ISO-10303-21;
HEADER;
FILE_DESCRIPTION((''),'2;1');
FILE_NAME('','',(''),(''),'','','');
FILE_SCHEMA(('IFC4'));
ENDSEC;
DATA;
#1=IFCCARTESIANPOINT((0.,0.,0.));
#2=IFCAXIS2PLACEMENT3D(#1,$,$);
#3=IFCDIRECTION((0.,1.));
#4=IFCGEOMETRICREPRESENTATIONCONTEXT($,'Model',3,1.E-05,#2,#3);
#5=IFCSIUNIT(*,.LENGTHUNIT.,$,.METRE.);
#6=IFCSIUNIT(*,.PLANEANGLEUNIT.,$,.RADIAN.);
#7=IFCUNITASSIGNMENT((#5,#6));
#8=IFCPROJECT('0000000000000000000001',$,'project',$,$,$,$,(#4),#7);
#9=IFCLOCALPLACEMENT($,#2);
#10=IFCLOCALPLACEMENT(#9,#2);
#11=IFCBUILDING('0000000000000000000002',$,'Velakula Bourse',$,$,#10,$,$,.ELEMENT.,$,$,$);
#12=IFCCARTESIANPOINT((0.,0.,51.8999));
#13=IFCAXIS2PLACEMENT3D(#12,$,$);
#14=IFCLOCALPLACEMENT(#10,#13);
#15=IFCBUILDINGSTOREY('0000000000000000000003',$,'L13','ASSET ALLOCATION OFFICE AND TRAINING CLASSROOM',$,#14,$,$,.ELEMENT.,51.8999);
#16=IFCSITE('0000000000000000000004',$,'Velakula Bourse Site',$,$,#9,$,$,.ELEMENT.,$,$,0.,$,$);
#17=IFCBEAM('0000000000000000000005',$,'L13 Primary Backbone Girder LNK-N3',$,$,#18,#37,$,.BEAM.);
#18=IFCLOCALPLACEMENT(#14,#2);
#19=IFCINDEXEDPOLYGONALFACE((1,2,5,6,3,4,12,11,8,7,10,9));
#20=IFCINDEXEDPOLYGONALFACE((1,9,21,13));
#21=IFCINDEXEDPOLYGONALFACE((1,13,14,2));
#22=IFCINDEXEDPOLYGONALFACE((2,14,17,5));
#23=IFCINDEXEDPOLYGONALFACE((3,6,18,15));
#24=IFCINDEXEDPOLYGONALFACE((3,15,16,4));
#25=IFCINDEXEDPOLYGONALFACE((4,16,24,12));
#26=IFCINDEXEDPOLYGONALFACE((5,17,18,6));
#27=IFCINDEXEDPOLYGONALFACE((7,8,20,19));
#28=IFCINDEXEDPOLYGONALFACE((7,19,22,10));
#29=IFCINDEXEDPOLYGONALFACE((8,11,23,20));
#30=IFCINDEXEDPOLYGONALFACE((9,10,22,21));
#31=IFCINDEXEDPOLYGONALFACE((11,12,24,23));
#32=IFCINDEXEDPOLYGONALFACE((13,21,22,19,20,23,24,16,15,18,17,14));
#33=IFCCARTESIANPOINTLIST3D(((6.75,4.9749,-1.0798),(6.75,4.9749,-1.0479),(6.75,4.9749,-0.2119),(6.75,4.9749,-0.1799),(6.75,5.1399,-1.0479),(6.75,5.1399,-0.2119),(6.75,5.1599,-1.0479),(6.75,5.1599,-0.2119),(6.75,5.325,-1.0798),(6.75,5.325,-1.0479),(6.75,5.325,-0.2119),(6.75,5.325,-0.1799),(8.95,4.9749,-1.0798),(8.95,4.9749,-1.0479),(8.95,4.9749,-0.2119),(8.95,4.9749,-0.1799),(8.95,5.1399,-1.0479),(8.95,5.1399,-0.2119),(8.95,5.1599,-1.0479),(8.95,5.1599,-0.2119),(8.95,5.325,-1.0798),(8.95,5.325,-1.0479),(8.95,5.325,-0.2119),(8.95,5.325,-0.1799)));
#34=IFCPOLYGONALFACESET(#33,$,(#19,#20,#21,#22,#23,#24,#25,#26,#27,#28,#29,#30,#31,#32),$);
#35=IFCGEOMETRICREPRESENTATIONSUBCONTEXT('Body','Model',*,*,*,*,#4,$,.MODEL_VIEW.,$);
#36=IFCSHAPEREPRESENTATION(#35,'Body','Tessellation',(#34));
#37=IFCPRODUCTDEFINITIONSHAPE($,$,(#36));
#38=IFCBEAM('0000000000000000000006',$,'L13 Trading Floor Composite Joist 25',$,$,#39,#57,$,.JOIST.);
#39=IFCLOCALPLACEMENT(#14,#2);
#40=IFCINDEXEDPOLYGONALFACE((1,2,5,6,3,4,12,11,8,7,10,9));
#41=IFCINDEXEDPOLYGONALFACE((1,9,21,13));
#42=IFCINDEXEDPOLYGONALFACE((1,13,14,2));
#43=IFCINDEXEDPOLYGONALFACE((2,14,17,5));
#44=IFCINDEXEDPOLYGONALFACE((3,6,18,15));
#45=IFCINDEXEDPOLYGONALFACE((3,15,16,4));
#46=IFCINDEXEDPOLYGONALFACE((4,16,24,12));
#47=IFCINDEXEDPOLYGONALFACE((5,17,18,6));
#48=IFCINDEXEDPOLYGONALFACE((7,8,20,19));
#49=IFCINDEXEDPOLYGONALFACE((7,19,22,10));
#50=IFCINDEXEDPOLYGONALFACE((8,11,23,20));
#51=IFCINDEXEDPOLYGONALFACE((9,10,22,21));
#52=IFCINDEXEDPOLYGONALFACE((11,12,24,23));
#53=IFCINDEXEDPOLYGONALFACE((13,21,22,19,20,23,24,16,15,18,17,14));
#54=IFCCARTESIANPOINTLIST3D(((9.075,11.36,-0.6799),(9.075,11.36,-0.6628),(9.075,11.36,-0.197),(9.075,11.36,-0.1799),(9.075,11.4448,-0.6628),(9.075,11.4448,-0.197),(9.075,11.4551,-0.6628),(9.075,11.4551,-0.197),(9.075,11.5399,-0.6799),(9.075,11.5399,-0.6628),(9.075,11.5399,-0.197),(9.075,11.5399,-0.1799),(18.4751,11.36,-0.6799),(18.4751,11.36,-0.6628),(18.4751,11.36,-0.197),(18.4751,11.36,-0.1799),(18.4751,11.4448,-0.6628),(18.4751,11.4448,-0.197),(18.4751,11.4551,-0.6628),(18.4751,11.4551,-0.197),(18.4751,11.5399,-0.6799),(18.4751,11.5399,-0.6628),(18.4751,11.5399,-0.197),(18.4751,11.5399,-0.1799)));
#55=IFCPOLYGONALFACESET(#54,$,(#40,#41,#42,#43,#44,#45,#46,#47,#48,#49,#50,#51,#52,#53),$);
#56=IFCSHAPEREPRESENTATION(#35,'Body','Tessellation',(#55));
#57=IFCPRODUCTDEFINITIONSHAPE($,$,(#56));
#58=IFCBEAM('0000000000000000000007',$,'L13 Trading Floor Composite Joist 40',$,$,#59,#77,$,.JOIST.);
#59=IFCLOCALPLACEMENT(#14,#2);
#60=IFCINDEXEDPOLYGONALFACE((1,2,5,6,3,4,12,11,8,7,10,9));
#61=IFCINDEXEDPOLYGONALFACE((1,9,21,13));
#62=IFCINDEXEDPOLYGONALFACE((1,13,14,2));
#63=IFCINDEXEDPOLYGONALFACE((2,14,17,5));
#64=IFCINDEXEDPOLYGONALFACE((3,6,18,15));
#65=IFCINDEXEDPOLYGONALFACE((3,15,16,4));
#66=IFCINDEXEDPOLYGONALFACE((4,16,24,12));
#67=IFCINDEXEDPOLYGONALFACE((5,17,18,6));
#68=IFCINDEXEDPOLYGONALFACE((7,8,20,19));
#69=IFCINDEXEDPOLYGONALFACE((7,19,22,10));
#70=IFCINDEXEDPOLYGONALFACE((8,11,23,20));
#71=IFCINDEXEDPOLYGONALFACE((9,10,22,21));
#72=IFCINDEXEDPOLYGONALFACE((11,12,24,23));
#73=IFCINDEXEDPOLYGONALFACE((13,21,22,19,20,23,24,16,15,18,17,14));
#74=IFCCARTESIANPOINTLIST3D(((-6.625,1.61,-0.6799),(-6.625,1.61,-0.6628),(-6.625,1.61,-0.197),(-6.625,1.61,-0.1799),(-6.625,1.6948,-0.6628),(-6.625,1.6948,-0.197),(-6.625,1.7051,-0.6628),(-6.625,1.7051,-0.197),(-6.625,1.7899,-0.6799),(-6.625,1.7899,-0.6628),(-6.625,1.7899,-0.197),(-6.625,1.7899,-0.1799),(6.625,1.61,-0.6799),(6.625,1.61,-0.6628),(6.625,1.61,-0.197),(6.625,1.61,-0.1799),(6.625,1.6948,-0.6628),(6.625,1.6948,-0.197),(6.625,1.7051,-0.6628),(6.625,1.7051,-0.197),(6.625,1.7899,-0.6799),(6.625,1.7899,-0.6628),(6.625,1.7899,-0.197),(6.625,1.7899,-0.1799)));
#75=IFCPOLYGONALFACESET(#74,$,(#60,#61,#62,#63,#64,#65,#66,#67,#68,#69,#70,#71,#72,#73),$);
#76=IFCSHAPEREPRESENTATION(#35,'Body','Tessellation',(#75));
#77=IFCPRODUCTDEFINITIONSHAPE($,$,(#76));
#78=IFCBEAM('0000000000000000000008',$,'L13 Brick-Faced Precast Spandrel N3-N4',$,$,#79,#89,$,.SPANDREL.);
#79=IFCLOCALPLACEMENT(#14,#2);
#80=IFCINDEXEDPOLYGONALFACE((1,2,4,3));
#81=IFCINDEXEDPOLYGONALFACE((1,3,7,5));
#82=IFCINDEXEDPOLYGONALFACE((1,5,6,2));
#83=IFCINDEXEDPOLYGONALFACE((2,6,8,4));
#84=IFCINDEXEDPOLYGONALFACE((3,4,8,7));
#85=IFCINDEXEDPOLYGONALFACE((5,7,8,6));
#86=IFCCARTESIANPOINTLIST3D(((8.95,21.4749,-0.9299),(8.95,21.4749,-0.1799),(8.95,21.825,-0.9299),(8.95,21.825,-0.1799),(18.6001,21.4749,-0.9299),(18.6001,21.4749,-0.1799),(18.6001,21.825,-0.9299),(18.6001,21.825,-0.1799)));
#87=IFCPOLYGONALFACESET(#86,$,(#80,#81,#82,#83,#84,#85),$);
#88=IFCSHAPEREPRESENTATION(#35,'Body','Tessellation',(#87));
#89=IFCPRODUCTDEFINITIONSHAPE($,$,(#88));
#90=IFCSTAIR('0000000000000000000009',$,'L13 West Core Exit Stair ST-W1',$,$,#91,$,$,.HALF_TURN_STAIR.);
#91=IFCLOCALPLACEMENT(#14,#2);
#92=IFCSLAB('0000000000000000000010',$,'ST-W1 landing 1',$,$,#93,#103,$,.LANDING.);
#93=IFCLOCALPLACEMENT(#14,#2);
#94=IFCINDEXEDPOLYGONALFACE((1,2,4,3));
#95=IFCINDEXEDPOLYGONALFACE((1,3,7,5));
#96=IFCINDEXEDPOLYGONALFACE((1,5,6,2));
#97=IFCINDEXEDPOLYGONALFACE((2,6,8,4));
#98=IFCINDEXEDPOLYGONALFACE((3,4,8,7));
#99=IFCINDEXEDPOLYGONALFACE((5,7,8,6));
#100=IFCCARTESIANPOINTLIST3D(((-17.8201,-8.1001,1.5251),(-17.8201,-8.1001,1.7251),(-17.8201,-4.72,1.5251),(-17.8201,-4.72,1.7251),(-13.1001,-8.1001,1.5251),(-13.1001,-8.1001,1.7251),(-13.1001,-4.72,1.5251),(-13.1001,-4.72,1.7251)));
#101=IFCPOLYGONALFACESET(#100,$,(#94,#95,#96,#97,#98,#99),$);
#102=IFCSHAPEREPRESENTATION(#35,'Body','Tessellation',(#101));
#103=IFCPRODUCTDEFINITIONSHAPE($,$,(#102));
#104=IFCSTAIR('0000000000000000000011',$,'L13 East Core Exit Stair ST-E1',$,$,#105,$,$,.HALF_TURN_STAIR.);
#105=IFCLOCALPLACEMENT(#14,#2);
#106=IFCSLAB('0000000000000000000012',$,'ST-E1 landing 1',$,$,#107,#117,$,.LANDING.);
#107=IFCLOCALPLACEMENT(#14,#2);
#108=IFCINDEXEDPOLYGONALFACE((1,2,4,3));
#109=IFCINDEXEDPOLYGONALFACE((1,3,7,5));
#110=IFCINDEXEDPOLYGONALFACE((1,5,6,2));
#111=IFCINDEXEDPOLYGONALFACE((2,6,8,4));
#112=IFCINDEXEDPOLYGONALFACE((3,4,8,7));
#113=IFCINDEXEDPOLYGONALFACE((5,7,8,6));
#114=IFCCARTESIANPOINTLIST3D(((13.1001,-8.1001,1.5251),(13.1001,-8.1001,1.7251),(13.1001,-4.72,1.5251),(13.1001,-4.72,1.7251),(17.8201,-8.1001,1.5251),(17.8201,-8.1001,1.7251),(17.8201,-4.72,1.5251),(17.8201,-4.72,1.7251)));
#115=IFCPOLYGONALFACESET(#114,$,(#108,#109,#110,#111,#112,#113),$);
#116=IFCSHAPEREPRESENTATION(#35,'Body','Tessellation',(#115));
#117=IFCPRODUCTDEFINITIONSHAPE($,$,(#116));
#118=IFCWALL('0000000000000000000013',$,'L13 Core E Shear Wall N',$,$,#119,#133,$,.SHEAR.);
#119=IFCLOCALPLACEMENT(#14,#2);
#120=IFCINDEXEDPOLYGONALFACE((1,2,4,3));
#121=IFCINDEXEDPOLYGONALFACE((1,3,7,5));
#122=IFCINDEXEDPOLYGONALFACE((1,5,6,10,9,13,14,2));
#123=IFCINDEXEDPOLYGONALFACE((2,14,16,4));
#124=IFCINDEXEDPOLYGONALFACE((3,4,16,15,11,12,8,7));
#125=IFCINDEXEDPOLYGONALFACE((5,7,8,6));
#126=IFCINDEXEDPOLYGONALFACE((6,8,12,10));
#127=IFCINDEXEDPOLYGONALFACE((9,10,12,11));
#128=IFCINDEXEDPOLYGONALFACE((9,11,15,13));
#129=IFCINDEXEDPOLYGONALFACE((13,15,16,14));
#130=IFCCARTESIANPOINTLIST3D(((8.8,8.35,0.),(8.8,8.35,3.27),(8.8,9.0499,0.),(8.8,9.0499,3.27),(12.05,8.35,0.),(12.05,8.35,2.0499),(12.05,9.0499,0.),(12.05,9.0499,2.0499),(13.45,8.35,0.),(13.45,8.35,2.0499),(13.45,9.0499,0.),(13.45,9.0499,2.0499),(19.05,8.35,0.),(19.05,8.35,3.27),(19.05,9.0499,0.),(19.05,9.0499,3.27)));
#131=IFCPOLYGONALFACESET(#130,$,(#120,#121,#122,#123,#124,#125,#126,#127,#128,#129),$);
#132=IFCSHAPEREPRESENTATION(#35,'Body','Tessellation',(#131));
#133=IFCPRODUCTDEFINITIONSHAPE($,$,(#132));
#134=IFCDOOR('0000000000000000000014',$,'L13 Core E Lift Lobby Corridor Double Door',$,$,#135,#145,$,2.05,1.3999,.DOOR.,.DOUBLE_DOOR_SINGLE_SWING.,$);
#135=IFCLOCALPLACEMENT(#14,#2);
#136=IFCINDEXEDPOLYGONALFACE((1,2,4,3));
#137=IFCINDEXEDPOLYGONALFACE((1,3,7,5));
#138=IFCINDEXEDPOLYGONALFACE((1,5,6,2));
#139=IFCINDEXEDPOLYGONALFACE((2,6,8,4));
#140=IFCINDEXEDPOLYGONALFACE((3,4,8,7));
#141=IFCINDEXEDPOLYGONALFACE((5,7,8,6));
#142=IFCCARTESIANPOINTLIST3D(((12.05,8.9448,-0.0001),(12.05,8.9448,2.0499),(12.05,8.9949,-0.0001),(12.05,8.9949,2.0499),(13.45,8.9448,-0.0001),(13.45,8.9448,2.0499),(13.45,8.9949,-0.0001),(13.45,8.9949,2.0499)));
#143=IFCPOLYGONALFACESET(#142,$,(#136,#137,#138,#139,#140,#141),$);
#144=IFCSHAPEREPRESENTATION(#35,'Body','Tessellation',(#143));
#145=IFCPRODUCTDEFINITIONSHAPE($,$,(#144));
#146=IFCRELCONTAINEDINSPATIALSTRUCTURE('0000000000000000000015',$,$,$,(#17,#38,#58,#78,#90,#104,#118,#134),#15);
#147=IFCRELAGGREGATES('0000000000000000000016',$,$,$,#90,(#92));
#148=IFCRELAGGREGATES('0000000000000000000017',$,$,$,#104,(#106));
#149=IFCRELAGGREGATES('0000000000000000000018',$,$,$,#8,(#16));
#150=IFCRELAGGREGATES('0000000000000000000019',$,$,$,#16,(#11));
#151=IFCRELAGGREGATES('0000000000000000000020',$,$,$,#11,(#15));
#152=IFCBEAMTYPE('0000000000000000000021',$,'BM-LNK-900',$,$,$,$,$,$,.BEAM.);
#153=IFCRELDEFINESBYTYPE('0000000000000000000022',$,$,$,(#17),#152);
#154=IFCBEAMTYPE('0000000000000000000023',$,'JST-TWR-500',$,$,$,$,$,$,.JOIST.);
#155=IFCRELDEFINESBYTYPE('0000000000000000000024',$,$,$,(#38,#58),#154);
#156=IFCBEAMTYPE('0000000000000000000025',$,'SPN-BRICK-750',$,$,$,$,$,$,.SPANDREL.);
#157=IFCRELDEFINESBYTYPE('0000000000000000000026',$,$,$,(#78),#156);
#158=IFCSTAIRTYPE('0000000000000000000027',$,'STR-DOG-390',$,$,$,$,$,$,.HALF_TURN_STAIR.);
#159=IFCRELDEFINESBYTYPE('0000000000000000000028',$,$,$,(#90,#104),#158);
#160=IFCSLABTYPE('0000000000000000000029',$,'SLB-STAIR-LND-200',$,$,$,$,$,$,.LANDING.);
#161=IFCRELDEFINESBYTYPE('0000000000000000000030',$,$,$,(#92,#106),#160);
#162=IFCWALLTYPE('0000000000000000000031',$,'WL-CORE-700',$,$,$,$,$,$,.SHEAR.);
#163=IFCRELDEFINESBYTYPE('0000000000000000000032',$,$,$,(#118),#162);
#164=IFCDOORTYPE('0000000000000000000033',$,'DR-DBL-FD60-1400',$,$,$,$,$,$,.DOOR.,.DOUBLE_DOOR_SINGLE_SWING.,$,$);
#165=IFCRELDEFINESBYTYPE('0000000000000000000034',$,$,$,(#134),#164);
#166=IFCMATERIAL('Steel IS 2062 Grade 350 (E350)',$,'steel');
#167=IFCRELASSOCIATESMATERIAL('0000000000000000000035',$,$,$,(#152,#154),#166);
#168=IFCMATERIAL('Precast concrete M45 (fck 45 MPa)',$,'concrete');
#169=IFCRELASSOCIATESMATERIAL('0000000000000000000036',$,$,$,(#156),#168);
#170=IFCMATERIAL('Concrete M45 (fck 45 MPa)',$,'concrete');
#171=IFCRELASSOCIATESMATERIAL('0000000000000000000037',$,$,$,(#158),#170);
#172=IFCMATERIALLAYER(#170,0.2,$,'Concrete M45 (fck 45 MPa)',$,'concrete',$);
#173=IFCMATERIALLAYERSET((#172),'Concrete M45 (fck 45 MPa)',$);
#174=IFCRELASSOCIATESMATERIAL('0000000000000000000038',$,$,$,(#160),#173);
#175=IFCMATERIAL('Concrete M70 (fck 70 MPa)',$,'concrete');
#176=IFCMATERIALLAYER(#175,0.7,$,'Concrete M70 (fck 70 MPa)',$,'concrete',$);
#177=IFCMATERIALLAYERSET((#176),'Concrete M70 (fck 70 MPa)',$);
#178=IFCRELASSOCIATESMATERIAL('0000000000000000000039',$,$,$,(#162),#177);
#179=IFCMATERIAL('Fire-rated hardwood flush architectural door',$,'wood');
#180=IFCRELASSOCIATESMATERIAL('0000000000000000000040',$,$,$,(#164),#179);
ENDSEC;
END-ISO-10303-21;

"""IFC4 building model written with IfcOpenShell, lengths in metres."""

from ifc_helpers import new_model, si_unit, direction, frame, frame_2d, origin, origin_2d, place, context, subcontext, project, spatial, polyline, rectangle, i_section, outline, extrude, material, layer, layer_set, material_profile, profile_set, type_object, element, fill, aggregate, save


model = new_model("IFC4")

# Units and contexts
model_context = context("Model", 3, precision=1e-05, world=origin(), true_north=direction((0.0, 1.0)))
body_context = subcontext(model_context, "Body", "Model", "MODEL_VIEW")
ifc_project = project(units=[si_unit("LENGTHUNIT", "METRE"), si_unit("PLANEANGLEUNIT", "RADIAN")], contexts=[model_context])

# Site, building, storey
site_placement = place(None, origin())
site = spatial("IfcSite", under=ifc_project, at=site_placement, Name="Velakula Bourse Site", CompositionType="ELEMENT", RefElevation=0.0)
building_placement = place(site_placement, origin())
building = spatial("IfcBuilding", under=site, at=building_placement, Name="Velakula Bourse", CompositionType="ELEMENT")
storey_placement = place(building_placement, frame((0.0, 0.0, 51.8999)))
storey = spatial("IfcBuildingStorey", under=building, at=storey_placement, Name="L13", Description="ASSET ALLOCATION OFFICE AND TRAINING CLASSROOM", CompositionType="ELEMENT", Elevation=51.8999)

# Shared definitions
ifc_material_1 = material(Name="Concrete M70 (fck 70 MPa)", Category="concrete")

# Beams
ifc_material_2 = material(Name="Steel IS 2062 Grade 350 (E350)", Category="steel")
ifc_material_profile_1 = material_profile(ifc_material_2, i_section(OverallWidth=0.3501, OverallDepth=0.8999, WebThickness=0.02, FlangeThickness=0.032, at=origin_2d()), Name="Steel IS 2062 Grade 350 (E350)")
ifc_profile_set_1 = profile_set([ifc_material_profile_1], Name="Steel IS 2062 Grade 350 (E350)")
beam_type_1 = type_object("IfcBeamType", Name="BM-LNK-900", PredefinedType="BEAM", material=ifc_profile_set_1)
beam_1_placement = place(storey_placement, frame((6.75, 5.1499, -0.6299), z_axis=(1.0, 0.0, 0.0), x_axis=(0.0, 1.0, 0.0)))
element("IfcBeam", 1, at=beam_1_placement, inside=storey, type_object=beam_type_1, Name="L13 Primary Backbone Girder LNK-N3", PredefinedType="BEAM", context=body_context, shape_type="SweptSolid", body=[
    extrude(i_section(OverallWidth=0.3501, OverallDepth=0.8999, WebThickness=0.02, FlangeThickness=0.032, at=origin_2d()), origin(), (0.0, 0.0, 1.0), 2.2),
])
ifc_material_profile_2 = material_profile(ifc_material_2, i_section(OverallWidth=0.1799, OverallDepth=0.5, WebThickness=0.0103, FlangeThickness=0.0171, at=origin_2d()), Name="Steel IS 2062 Grade 350 (E350)")
ifc_profile_set_2 = profile_set([ifc_material_profile_2], Name="Steel IS 2062 Grade 350 (E350)")
beam_type_2 = type_object("IfcBeamType", Name="JST-TWR-500", PredefinedType="JOIST", material=ifc_profile_set_2)
beam_2_placement = place(storey_placement, frame((9.075, 11.45, -0.4299), z_axis=(1.0, 0.0, 0.0), x_axis=(0.0, 1.0, 0.0)))
element("IfcBeam", 2, at=beam_2_placement, inside=storey, type_object=beam_type_2, Name="L13 Trading Floor Composite Joist 25", PredefinedType="JOIST", context=body_context, shape_type="SweptSolid", body=[
    extrude(i_section(OverallWidth=0.1799, OverallDepth=0.5, WebThickness=0.0103, FlangeThickness=0.0171, at=origin_2d()), origin(), (0.0, 0.0, 1.0), 9.4001),
])
beam_3_placement = place(storey_placement, frame((-6.625, 1.7, -0.4299), z_axis=(1.0, 0.0, 0.0), x_axis=(0.0, 1.0, 0.0)))
element("IfcBeam", 3, at=beam_3_placement, inside=storey, type_object=beam_type_2, Name="L13 Trading Floor Composite Joist 40", PredefinedType="JOIST", context=body_context, shape_type="SweptSolid", body=[
    extrude(i_section(OverallWidth=0.1799, OverallDepth=0.5, WebThickness=0.0103, FlangeThickness=0.0171, at=origin_2d()), origin(), (0.0, 0.0, 1.0), 13.25),
])
ifc_material_3 = material(Name="Precast concrete M45 (fck 45 MPa)", Category="concrete")
ifc_material_profile_3 = material_profile(ifc_material_3, rectangle(XDim=0.3501, YDim=0.75, at=origin_2d()), Name="Precast concrete M45 (fck 45 MPa)")
ifc_profile_set_3 = profile_set([ifc_material_profile_3], Name="Precast concrete M45 (fck 45 MPa)")
beam_type_3 = type_object("IfcBeamType", Name="SPN-BRICK-750", PredefinedType="SPANDREL", material=ifc_profile_set_3)
beam_4_placement = place(storey_placement, frame((8.95, 21.6499, -0.5549), z_axis=(1.0, 0.0, 0.0), x_axis=(0.0, 1.0, 0.0)))
element("IfcBeam", 4, at=beam_4_placement, inside=storey, type_object=beam_type_3, Name="L13 Brick-Faced Precast Spandrel N3-N4", PredefinedType="SPANDREL", context=body_context, shape_type="SweptSolid", body=[
    extrude(rectangle(XDim=0.3501, YDim=0.75, at=origin_2d()), origin(), (0.0, 0.0, 1.0), 9.6501),
])

# Stairs, slabs
ifc_material_4 = material(Name="Concrete M45 (fck 45 MPa)", Category="concrete")
stair_type = type_object("IfcStairType", Name="STR-DOG-390", PredefinedType="HALF_TURN_STAIR", material=ifc_material_4)
stair_1_placement = place(storey_placement, origin())
stair_1 = element("IfcStair", 5, at=stair_1_placement, inside=storey, type_object=stair_type, Name="L13 West Core Exit Stair ST-W1", PredefinedType="HALF_TURN_STAIR")
ifc_layer_1 = layer(ifc_material_4, 0.2, Name="Concrete M45 (fck 45 MPa)", Category="concrete")
ifc_layer_set_1 = layer_set([ifc_layer_1], Name="Concrete M45 (fck 45 MPa)")
slab_type = type_object("IfcSlabType", Name="SLB-STAIR-LND-200", PredefinedType="LANDING", material=ifc_layer_set_1)
slab_1_placement = place(storey_placement, frame((0.0, 0.0, 1.5251)))
slab_1 = element("IfcSlab", 6, at=slab_1_placement, type_object=slab_type, Name="ST-W1 landing 1", PredefinedType="LANDING", context=body_context, shape_type="SweptSolid", body=[
    extrude(outline(polyline([(-17.8201, -4.72), (-17.8201, -8.1001), (-13.1001, -8.1001), (-13.1001, -4.72), (-17.8201, -4.72)])), origin(), (0.0, 0.0, 1.0), 0.2),
])
aggregate(stair_1, [slab_1])
stair_2_placement = place(storey_placement, origin())
stair_2 = element("IfcStair", 7, at=stair_2_placement, inside=storey, type_object=stair_type, Name="L13 East Core Exit Stair ST-E1", PredefinedType="HALF_TURN_STAIR")
slab_2_placement = place(storey_placement, frame((0.0, 0.0, 1.5251)))
slab_2 = element("IfcSlab", 8, at=slab_2_placement, type_object=slab_type, Name="ST-E1 landing 1", PredefinedType="LANDING", context=body_context, shape_type="SweptSolid", body=[
    extrude(outline(polyline([(13.1001, -4.72), (13.1001, -8.1001), (17.8201, -8.1001), (17.8201, -4.72), (13.1001, -4.72)])), origin(), (0.0, 0.0, 1.0), 0.2),
])
aggregate(stair_2, [slab_2])

# Wall, opening, door
ifc_layer_2 = layer(ifc_material_1, 0.7, Name="Concrete M70 (fck 70 MPa)", Category="concrete")
ifc_layer_set_2 = layer_set([ifc_layer_2], Name="Concrete M70 (fck 70 MPa)")
wall_type_1 = type_object("IfcWallType", Name="WL-CORE-700", PredefinedType="SHEAR", material=ifc_layer_set_2)
wall_1_placement = place(storey_placement, frame((8.8, 8.7, 0.0), z_axis=(0.0, 0.0, 1.0), x_axis=(1.0, 0.0, 0.0)))
wall_1 = element("IfcWall", 9, at=wall_1_placement, inside=storey, type_object=wall_type_1, Name="L13 Core E Shear Wall N", PredefinedType="SHEAR", context=body_context, shape_type="SweptSolid", body=[
    extrude(rectangle(XDim=10.25, YDim=0.7, at=frame_2d((5.125, 0.0))), origin(), (0.0, 0.0, 1.0), 3.27),
])
opening_1_placement = place(wall_1_placement, frame((3.25, 0.0, 0.0)))
opening_1 = element("IfcOpeningElement", 10, at=opening_1_placement, cuts=wall_1, PredefinedType="OPENING", context=body_context, shape_type="SweptSolid", body=[
    extrude(rectangle(XDim=1.3999, YDim=2.05, at=frame_2d((0.7, 1.0249))), frame((0.0, 0.3599, 0.0), z_axis=(0.0, -1.0, 0.0), x_axis=(1.0, 0.0, 0.0)), (0.0, 0.0, 1.0), 0.72),
])
ifc_material_5 = material(Name="Fire-rated hardwood flush architectural door", Category="wood")
door_type_1 = type_object("IfcDoorType", Name="DR-DBL-FD60-1400", OperationType="DOUBLE_DOOR_SINGLE_SWING", PredefinedType="DOOR", material=ifc_material_5)
door_1_placement = place(opening_1_placement, origin())
door_1 = element("IfcDoor", 11, at=door_1_placement, inside=storey, type_object=door_type_1, Name="L13 Core E Lift Lobby Corridor Double Door", OperationType="DOUBLE_DOOR_SINGLE_SWING", OverallHeight=2.05, OverallWidth=1.3999, PredefinedType="DOOR", context=body_context, shape_type="SweptSolid", body=[
    extrude(rectangle(XDim=1.3999, YDim=2.05, at=frame_2d((0.7, 1.0249))), frame((0.0, 0.2949, 0.0), z_axis=(0.0, -1.0, 0.0), x_axis=(1.0, 0.0, 0.0)), (0.0, 0.0, 1.0), 0.05),
])
fill(opening_1, door_1)

save(model, "model.ifc")
